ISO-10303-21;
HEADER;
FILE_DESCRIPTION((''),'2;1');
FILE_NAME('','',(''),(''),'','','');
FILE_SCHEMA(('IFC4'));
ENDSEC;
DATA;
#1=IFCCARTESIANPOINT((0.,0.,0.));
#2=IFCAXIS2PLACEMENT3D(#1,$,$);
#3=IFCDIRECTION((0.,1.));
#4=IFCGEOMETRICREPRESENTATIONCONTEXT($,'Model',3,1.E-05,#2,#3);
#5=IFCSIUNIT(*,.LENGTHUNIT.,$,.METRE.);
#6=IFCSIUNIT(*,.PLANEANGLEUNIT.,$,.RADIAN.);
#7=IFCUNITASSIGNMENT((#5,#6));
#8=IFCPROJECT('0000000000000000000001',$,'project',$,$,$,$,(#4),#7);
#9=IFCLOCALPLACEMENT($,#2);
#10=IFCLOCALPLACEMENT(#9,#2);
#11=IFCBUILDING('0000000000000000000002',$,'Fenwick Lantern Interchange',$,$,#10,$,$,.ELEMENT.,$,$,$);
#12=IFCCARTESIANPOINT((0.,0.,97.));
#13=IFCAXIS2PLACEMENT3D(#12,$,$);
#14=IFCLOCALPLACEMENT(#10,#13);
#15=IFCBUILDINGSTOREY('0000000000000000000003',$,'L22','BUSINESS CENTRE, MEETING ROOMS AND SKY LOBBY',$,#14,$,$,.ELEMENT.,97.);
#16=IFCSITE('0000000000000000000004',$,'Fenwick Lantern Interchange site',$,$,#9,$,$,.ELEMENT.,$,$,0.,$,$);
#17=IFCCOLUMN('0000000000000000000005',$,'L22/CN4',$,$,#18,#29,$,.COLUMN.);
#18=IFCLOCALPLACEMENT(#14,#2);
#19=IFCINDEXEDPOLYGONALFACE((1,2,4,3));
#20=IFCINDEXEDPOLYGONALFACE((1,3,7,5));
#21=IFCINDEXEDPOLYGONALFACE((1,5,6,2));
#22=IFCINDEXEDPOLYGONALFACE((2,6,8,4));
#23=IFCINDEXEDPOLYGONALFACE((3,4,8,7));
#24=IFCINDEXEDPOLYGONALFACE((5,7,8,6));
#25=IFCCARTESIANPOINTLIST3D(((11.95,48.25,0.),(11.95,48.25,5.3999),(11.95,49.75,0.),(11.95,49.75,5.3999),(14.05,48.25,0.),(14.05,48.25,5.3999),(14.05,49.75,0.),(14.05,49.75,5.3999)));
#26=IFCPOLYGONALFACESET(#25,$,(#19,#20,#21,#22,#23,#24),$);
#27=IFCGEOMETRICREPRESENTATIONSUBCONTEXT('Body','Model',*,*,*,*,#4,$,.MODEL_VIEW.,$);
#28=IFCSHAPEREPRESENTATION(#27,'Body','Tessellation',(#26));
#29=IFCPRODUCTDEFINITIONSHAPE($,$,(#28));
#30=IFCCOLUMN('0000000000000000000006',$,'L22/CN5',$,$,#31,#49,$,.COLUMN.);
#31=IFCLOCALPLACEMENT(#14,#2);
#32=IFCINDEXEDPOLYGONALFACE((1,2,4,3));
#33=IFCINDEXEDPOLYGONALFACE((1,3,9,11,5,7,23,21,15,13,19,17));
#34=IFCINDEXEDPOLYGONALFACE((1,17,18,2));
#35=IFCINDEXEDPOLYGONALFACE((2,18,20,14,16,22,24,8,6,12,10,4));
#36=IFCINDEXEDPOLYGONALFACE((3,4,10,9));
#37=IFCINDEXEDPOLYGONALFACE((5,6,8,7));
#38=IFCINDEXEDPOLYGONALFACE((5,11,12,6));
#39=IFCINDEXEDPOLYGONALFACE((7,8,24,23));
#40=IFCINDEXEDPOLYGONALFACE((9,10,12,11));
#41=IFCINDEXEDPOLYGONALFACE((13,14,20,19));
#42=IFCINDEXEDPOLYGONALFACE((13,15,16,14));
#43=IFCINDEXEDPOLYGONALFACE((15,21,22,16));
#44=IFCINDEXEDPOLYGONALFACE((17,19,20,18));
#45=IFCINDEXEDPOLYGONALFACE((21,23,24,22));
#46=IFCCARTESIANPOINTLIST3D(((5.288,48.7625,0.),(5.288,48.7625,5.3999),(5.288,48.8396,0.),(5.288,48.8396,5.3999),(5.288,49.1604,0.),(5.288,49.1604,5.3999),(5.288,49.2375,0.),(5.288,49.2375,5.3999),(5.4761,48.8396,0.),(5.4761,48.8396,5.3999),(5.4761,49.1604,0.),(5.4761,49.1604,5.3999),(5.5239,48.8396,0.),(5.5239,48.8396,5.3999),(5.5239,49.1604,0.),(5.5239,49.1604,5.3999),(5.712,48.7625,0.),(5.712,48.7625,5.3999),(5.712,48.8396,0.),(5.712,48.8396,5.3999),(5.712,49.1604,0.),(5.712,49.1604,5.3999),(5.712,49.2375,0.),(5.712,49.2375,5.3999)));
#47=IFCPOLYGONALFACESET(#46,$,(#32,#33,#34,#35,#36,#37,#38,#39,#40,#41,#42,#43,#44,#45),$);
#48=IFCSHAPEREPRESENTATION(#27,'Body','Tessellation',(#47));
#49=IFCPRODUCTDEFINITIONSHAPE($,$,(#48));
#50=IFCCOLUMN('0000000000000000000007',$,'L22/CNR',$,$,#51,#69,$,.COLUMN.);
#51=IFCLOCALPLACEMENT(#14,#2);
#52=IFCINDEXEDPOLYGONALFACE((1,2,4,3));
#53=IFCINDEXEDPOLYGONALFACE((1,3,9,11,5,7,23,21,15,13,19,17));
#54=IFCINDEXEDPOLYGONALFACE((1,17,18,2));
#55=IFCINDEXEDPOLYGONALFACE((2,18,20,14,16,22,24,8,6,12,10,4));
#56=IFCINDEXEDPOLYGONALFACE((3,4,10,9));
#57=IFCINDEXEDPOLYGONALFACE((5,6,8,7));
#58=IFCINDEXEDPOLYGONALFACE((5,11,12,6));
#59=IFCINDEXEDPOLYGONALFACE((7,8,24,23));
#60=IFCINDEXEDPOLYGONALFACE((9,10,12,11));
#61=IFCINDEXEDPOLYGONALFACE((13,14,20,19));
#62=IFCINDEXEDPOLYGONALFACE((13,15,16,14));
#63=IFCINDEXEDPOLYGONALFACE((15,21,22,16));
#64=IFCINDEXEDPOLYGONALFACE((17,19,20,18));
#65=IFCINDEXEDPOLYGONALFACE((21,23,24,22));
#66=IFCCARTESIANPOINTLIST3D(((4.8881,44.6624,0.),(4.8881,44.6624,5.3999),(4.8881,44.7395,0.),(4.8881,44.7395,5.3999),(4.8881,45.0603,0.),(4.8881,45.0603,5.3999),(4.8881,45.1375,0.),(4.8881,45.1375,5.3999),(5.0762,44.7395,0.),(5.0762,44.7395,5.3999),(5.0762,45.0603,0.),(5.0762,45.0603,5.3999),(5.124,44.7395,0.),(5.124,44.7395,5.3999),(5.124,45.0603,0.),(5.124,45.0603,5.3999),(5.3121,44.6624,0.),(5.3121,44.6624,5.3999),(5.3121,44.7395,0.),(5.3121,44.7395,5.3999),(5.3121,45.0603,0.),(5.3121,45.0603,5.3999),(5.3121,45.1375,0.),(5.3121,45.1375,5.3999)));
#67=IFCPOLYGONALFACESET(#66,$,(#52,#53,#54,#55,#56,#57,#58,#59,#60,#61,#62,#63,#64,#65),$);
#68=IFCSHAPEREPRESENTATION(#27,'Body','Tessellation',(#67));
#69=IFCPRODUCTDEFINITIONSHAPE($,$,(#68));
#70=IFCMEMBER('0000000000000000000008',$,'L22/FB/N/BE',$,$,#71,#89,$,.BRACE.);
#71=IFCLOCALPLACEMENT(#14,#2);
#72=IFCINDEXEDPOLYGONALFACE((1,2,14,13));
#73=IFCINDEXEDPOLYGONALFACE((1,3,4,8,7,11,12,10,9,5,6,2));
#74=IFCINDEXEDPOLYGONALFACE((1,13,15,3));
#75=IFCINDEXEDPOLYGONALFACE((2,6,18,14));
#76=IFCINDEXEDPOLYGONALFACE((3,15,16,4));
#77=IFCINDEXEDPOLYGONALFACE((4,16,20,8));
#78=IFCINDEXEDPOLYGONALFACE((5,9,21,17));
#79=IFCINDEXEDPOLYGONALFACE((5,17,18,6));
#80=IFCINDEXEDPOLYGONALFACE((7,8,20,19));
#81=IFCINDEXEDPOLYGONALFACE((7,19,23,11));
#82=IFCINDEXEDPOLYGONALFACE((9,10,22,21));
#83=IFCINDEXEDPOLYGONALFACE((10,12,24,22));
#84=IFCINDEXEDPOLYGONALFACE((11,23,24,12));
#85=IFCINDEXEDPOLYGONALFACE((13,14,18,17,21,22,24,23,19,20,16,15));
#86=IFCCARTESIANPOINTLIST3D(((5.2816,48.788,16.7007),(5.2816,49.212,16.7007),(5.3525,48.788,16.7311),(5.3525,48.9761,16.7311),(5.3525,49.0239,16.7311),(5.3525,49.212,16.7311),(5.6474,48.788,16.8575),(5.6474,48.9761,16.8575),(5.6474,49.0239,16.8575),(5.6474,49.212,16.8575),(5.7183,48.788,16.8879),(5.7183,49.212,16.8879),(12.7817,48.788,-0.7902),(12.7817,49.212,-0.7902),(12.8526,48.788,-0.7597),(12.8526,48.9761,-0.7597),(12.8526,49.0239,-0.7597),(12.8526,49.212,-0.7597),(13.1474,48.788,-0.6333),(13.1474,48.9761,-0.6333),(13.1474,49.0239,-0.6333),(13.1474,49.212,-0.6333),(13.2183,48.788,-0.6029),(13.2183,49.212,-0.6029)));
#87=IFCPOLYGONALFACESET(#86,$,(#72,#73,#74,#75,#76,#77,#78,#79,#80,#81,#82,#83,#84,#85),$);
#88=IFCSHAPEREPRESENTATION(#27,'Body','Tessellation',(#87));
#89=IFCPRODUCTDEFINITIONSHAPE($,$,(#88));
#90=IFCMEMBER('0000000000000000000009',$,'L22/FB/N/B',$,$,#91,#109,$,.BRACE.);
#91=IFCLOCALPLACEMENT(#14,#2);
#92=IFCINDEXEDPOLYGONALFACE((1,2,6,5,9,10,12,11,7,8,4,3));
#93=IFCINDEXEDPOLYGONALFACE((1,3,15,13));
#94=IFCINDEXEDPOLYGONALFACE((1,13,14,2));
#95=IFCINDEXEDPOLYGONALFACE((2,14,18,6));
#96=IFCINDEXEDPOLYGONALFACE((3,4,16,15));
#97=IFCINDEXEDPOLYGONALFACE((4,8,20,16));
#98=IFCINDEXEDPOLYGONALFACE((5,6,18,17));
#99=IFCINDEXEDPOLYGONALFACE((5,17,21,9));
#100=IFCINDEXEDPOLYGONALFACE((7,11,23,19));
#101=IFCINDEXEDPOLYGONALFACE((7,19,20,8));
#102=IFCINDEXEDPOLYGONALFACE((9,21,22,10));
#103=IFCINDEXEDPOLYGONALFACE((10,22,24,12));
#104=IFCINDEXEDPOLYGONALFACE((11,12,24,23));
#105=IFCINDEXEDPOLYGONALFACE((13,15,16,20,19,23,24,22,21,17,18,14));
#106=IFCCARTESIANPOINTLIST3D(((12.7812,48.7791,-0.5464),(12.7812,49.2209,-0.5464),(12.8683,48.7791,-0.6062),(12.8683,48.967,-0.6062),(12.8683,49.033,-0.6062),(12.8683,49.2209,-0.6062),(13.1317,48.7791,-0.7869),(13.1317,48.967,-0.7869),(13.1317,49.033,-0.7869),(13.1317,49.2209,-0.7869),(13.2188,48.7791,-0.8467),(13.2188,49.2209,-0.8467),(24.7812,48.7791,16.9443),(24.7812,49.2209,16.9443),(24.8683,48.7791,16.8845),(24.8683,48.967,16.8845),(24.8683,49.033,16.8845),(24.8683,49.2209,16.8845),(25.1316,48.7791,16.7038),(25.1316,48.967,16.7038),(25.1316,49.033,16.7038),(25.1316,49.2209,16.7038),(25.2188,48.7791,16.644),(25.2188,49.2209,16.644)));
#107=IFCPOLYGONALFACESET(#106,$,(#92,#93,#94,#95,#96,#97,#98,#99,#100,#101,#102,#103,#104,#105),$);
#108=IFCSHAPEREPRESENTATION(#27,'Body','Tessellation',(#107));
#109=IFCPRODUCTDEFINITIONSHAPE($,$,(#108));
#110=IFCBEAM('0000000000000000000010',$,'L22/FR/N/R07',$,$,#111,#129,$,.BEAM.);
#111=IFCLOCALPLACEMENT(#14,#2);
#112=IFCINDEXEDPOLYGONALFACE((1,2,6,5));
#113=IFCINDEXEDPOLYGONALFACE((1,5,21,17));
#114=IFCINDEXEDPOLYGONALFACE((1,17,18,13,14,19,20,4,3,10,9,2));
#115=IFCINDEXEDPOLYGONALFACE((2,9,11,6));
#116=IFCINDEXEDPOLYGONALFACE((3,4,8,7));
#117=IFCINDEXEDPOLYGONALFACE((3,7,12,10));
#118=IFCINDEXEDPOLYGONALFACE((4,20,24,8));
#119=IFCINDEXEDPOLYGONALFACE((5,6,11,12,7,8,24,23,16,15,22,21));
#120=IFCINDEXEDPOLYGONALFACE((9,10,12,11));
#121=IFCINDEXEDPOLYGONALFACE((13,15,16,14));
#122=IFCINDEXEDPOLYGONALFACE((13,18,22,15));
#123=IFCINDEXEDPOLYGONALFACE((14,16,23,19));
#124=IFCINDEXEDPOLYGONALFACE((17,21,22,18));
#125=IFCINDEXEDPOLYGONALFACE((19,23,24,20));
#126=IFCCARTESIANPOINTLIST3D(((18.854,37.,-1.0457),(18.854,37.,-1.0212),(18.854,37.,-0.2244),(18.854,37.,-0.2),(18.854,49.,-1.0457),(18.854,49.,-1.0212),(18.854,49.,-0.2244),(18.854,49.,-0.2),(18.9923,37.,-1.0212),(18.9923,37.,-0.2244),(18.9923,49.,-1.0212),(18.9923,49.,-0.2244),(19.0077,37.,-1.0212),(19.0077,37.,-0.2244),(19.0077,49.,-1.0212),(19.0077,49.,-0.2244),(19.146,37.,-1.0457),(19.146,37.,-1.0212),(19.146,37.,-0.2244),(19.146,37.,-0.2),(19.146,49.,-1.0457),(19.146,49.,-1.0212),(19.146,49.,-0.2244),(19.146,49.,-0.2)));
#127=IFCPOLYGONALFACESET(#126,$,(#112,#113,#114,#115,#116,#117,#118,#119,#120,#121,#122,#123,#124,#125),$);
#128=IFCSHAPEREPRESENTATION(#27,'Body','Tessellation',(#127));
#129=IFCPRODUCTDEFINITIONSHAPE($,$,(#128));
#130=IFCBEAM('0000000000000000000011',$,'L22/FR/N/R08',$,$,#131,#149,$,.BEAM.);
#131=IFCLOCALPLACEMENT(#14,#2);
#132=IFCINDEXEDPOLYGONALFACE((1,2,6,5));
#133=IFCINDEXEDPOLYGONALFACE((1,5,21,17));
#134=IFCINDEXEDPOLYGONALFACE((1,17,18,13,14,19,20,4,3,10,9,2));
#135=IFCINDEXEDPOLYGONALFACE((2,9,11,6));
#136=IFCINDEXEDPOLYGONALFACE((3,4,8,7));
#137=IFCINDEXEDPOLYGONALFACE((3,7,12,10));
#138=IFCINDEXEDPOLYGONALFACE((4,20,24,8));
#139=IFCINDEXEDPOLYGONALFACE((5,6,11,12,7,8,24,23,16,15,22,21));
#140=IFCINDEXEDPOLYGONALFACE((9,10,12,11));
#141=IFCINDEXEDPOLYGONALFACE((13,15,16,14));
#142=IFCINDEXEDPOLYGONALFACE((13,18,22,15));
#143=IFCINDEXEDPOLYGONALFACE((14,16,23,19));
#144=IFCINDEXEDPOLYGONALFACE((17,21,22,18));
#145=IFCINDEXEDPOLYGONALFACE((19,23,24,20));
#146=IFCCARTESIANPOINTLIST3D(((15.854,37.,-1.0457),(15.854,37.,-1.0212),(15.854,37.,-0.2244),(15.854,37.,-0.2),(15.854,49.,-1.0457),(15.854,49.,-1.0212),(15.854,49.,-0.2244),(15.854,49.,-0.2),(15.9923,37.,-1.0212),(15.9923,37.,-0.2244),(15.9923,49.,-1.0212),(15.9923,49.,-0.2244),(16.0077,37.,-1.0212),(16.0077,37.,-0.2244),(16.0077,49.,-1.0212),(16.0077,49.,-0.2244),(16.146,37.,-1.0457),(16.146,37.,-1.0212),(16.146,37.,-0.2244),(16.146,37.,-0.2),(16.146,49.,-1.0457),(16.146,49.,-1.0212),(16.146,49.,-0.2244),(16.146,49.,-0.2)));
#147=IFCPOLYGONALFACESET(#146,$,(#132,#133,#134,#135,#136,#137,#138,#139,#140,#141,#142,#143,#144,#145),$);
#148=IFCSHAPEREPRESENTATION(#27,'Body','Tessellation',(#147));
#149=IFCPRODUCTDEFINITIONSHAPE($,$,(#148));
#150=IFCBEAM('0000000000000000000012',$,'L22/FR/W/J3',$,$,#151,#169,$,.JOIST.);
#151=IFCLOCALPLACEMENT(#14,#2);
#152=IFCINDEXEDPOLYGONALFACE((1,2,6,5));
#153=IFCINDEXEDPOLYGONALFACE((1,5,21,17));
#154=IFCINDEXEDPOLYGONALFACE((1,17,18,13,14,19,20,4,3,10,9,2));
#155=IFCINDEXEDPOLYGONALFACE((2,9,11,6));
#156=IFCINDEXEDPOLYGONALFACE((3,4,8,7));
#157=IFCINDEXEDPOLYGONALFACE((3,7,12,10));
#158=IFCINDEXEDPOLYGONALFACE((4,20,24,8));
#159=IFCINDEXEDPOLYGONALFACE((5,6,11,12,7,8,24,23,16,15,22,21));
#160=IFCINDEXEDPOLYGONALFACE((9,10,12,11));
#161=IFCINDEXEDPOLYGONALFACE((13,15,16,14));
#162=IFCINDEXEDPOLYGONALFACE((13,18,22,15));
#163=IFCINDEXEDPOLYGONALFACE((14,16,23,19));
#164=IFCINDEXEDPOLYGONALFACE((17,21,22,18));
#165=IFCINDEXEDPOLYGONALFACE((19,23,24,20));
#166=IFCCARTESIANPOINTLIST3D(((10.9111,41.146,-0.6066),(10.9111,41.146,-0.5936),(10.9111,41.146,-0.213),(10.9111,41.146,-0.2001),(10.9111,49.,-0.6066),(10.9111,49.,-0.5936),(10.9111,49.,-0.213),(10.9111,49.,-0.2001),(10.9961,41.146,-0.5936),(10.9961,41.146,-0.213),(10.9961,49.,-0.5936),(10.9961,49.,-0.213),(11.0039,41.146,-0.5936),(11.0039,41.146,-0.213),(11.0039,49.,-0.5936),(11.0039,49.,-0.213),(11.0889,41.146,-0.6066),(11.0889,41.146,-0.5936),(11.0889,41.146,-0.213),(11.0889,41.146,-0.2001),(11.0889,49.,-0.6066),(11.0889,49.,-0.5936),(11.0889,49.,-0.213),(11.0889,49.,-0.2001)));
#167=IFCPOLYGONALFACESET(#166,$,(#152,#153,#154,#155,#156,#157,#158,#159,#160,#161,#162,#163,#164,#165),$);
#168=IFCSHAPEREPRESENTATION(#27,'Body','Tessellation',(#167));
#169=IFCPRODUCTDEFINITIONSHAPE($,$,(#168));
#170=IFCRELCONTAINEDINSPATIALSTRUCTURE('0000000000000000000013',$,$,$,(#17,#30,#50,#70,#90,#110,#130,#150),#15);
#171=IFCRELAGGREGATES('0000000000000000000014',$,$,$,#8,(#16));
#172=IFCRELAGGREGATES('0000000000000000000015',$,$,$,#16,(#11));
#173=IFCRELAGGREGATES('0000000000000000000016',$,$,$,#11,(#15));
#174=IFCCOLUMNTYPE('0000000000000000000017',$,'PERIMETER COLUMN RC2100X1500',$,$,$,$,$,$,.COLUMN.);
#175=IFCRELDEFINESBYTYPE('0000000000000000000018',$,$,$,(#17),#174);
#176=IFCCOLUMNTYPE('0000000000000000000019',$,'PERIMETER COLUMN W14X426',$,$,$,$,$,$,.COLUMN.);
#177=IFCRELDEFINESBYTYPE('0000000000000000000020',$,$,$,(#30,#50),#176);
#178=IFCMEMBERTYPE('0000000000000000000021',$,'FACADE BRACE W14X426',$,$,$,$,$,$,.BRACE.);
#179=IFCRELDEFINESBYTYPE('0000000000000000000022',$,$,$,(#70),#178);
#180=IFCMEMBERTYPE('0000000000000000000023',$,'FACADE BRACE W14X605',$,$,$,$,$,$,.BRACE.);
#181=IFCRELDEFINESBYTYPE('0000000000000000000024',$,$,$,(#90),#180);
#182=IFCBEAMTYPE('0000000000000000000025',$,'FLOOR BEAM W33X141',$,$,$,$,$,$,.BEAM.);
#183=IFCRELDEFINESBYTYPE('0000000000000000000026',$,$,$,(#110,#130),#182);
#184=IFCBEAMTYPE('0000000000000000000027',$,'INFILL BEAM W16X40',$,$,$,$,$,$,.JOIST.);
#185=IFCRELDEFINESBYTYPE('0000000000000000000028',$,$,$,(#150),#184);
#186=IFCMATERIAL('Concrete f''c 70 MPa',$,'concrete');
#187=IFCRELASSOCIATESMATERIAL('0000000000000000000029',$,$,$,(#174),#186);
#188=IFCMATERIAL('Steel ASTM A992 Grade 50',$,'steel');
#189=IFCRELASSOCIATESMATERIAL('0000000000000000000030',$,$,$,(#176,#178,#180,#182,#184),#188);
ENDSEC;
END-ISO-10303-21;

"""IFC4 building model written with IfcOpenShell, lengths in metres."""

from ifc_helpers import new_model, si_unit, direction, frame, origin, origin_2d, place, context, subcontext, project, spatial, rectangle, i_section, extrude, material, material_profile, profile_set, type_object, element, save


model = new_model("IFC4")

# Units and contexts
model_context = context("Model", 3, precision=1e-05, world=origin(), true_north=direction((0.0, 1.0)))
body_context = subcontext(model_context, "Body", "Model", "MODEL_VIEW")
ifc_project = project(units=[si_unit("LENGTHUNIT", "METRE"), si_unit("PLANEANGLEUNIT", "RADIAN")], contexts=[model_context])

# Site, building, storey
site_placement = place(None, origin())
site = spatial("IfcSite", under=ifc_project, at=site_placement, Name="Fenwick Lantern Interchange site", CompositionType="ELEMENT", RefElevation=0.0)
building_placement = place(site_placement, origin())
building = spatial("IfcBuilding", under=site, at=building_placement, Name="Fenwick Lantern Interchange", CompositionType="ELEMENT")
storey_placement = place(building_placement, frame((0.0, 0.0, 97.0)))
storey = spatial("IfcBuildingStorey", under=building, at=storey_placement, Name="L22", Description="BUSINESS CENTRE, MEETING ROOMS AND SKY LOBBY", CompositionType="ELEMENT", Elevation=97.0)

# Columns
ifc_material_1 = material(Name="Concrete f'c 70 MPa", Category="concrete")
ifc_material_profile_1 = material_profile(ifc_material_1, rectangle(XDim=2.1001, YDim=1.5, at=origin_2d()), Name="RC2100X1500")
ifc_profile_set_1 = profile_set([ifc_material_profile_1], Name="Concrete f'c 70 MPa")
column_type_1 = type_object("IfcColumnType", Name="PERIMETER COLUMN RC2100X1500", PredefinedType="COLUMN", material=ifc_profile_set_1)
column_placement = place(storey_placement, frame((13.0, 49.0, 0.0), z_axis=(0.0, 0.0, 1.0), x_axis=(1.0, 0.0, 0.0)))
element("IfcColumn", 1, at=column_placement, inside=storey, type_object=column_type_1, Name="L22/CN4", PredefinedType="COLUMN", context=body_context, shape_type="SweptSolid", body=[
    extrude(rectangle(XDim=2.1001, YDim=1.5, at=origin_2d()), origin(), (0.0, 0.0, 1.0), 5.3999),
])
ifc_material_2 = material(Name="Steel ASTM A992 Grade 50", Category="steel")
ifc_material_profile_2 = material_profile(ifc_material_2, i_section(OverallWidth=0.4241, OverallDepth=0.4751, WebThickness=0.0479, FlangeThickness=0.0771, at=origin_2d()), Name="W14X426")
ifc_profile_set_2 = profile_set([ifc_material_profile_2], Name="Steel ASTM A992 Grade 50")
column_type_2 = type_object("IfcColumnType", Name="PERIMETER COLUMN W14X426", PredefinedType="COLUMN", material=ifc_profile_set_2)
for number, where, z_axis, x_axis, name in (
    (2, (5.5, 49.0, 0.0), (0.0, 0.0, 1.0), (1.0, 0.0, 0.0), "L22/CN5"),
    (3, (5.1001, 44.8999, 0.0), (0.0, 0.0, 1.0), (1.0, 0.0, 0.0), "L22/CNR"),
):
    element("IfcColumn", number, at=place(storey_placement, frame(where, z_axis=z_axis, x_axis=x_axis)), inside=storey, type_object=column_type_2, Name=name, PredefinedType="COLUMN", context=body_context, shape_type="SweptSolid", body=[
        extrude(i_section(OverallWidth=0.4241, OverallDepth=0.4751, WebThickness=0.0479, FlangeThickness=0.0771, at=origin_2d()), origin(), (0.0, 0.0, 1.0), 5.3999),
    ])

# Members
ifc_material_profile_3 = material_profile(ifc_material_2, i_section(OverallWidth=0.4241, OverallDepth=0.4751, WebThickness=0.0479, FlangeThickness=0.0771, at=origin_2d()), Name="W14X426")
ifc_profile_set_3 = profile_set([ifc_material_profile_3], Name="Steel ASTM A992 Grade 50")
member_type_1 = type_object("IfcMemberType", Name="FACADE BRACE W14X426", PredefinedType="BRACE", material=ifc_profile_set_3)
member_1_placement = place(storey_placement, frame((13.0, 49.0, -0.6965), z_axis=(-0.394096, 0.0, 0.919069), x_axis=(0.0, -1.0, 0.0)))
element("IfcMember", 4, at=member_1_placement, inside=storey, type_object=member_type_1, Name="L22/FB/N/BE", PredefinedType="BRACE", context=body_context, shape_type="SweptSolid", body=[
    extrude(i_section(OverallWidth=0.4241, OverallDepth=0.4751, WebThickness=0.0479, FlangeThickness=0.0771, at=origin_2d()), origin(), (0.0, 0.0, 1.0), 19.031),
])
ifc_material_profile_4 = material_profile(ifc_material_2, i_section(OverallWidth=0.4419, OverallDepth=0.5308, WebThickness=0.0659, FlangeThickness=0.1057, at=origin_2d()), Name="W14X605")
ifc_profile_set_4 = profile_set([ifc_material_profile_4], Name="Steel ASTM A992 Grade 50")
member_type_2 = type_object("IfcMemberType", Name="FACADE BRACE W14X605", PredefinedType="BRACE", material=ifc_profile_set_4)
member_2_placement = place(storey_placement, frame((13.0, 49.0, -0.6965), z_axis=(0.565732, 0.0, 0.824589), x_axis=(0.0, 1.0, 0.0)))
element("IfcMember", 5, at=member_2_placement, inside=storey, type_object=member_type_2, Name="L22/FB/N/B", PredefinedType="BRACE", context=body_context, shape_type="SweptSolid", body=[
    extrude(i_section(OverallWidth=0.4419, OverallDepth=0.5308, WebThickness=0.0659, FlangeThickness=0.1057, at=origin_2d()), origin(), (0.0, 0.0, 1.0), 21.2114),
])

# Beams
ifc_material_profile_5 = material_profile(ifc_material_2, i_section(OverallWidth=0.292, OverallDepth=0.8457, WebThickness=0.0154, FlangeThickness=0.0244, at=origin_2d()), Name="W33X141")
ifc_profile_set_5 = profile_set([ifc_material_profile_5], Name="Steel ASTM A992 Grade 50")
beam_type_1 = type_object("IfcBeamType", Name="FLOOR BEAM W33X141", PredefinedType="BEAM", material=ifc_profile_set_5)
for number, where, z_axis, x_axis, name in (
    (6, (19.0, 49.0, -0.6228), (0.0, -1.0, 0.0), (1.0, 0.0, 0.0), "L22/FR/N/R07"),
    (7, (16.0, 49.0, -0.6228), (0.0, -1.0, 0.0), (1.0, 0.0, 0.0), "L22/FR/N/R08"),
):
    element("IfcBeam", number, at=place(storey_placement, frame(where, z_axis=z_axis, x_axis=x_axis)), inside=storey, type_object=beam_type_1, Name=name, PredefinedType="BEAM", context=body_context, shape_type="SweptSolid", body=[
        extrude(i_section(OverallWidth=0.292, OverallDepth=0.8457, WebThickness=0.0154, FlangeThickness=0.0244, at=origin_2d()), origin(), (0.0, 0.0, 1.0), 12.0),
    ])
ifc_material_profile_6 = material_profile(ifc_material_2, i_section(OverallWidth=0.1777, OverallDepth=0.4065, WebThickness=0.0078, FlangeThickness=0.0129, at=origin_2d()), Name="W16X40")
ifc_profile_set_6 = profile_set([ifc_material_profile_6], Name="Steel ASTM A992 Grade 50")
beam_type_2 = type_object("IfcBeamType", Name="INFILL BEAM W16X40", PredefinedType="JOIST", material=ifc_profile_set_6)
beam_1_placement = place(storey_placement, frame((11.0, 49.0, -0.4033), z_axis=(0.0, -1.0, 0.0), x_axis=(1.0, 0.0, 0.0)))
element("IfcBeam", 8, at=beam_1_placement, inside=storey, type_object=beam_type_2, Name="L22/FR/W/J3", PredefinedType="JOIST", context=body_context, shape_type="SweptSolid", body=[
    extrude(i_section(OverallWidth=0.1777, OverallDepth=0.4065, WebThickness=0.0078, FlangeThickness=0.0129, at=origin_2d()), origin(), (0.0, 0.0, 1.0), 7.854),
])

save(model, "model.ifc")
